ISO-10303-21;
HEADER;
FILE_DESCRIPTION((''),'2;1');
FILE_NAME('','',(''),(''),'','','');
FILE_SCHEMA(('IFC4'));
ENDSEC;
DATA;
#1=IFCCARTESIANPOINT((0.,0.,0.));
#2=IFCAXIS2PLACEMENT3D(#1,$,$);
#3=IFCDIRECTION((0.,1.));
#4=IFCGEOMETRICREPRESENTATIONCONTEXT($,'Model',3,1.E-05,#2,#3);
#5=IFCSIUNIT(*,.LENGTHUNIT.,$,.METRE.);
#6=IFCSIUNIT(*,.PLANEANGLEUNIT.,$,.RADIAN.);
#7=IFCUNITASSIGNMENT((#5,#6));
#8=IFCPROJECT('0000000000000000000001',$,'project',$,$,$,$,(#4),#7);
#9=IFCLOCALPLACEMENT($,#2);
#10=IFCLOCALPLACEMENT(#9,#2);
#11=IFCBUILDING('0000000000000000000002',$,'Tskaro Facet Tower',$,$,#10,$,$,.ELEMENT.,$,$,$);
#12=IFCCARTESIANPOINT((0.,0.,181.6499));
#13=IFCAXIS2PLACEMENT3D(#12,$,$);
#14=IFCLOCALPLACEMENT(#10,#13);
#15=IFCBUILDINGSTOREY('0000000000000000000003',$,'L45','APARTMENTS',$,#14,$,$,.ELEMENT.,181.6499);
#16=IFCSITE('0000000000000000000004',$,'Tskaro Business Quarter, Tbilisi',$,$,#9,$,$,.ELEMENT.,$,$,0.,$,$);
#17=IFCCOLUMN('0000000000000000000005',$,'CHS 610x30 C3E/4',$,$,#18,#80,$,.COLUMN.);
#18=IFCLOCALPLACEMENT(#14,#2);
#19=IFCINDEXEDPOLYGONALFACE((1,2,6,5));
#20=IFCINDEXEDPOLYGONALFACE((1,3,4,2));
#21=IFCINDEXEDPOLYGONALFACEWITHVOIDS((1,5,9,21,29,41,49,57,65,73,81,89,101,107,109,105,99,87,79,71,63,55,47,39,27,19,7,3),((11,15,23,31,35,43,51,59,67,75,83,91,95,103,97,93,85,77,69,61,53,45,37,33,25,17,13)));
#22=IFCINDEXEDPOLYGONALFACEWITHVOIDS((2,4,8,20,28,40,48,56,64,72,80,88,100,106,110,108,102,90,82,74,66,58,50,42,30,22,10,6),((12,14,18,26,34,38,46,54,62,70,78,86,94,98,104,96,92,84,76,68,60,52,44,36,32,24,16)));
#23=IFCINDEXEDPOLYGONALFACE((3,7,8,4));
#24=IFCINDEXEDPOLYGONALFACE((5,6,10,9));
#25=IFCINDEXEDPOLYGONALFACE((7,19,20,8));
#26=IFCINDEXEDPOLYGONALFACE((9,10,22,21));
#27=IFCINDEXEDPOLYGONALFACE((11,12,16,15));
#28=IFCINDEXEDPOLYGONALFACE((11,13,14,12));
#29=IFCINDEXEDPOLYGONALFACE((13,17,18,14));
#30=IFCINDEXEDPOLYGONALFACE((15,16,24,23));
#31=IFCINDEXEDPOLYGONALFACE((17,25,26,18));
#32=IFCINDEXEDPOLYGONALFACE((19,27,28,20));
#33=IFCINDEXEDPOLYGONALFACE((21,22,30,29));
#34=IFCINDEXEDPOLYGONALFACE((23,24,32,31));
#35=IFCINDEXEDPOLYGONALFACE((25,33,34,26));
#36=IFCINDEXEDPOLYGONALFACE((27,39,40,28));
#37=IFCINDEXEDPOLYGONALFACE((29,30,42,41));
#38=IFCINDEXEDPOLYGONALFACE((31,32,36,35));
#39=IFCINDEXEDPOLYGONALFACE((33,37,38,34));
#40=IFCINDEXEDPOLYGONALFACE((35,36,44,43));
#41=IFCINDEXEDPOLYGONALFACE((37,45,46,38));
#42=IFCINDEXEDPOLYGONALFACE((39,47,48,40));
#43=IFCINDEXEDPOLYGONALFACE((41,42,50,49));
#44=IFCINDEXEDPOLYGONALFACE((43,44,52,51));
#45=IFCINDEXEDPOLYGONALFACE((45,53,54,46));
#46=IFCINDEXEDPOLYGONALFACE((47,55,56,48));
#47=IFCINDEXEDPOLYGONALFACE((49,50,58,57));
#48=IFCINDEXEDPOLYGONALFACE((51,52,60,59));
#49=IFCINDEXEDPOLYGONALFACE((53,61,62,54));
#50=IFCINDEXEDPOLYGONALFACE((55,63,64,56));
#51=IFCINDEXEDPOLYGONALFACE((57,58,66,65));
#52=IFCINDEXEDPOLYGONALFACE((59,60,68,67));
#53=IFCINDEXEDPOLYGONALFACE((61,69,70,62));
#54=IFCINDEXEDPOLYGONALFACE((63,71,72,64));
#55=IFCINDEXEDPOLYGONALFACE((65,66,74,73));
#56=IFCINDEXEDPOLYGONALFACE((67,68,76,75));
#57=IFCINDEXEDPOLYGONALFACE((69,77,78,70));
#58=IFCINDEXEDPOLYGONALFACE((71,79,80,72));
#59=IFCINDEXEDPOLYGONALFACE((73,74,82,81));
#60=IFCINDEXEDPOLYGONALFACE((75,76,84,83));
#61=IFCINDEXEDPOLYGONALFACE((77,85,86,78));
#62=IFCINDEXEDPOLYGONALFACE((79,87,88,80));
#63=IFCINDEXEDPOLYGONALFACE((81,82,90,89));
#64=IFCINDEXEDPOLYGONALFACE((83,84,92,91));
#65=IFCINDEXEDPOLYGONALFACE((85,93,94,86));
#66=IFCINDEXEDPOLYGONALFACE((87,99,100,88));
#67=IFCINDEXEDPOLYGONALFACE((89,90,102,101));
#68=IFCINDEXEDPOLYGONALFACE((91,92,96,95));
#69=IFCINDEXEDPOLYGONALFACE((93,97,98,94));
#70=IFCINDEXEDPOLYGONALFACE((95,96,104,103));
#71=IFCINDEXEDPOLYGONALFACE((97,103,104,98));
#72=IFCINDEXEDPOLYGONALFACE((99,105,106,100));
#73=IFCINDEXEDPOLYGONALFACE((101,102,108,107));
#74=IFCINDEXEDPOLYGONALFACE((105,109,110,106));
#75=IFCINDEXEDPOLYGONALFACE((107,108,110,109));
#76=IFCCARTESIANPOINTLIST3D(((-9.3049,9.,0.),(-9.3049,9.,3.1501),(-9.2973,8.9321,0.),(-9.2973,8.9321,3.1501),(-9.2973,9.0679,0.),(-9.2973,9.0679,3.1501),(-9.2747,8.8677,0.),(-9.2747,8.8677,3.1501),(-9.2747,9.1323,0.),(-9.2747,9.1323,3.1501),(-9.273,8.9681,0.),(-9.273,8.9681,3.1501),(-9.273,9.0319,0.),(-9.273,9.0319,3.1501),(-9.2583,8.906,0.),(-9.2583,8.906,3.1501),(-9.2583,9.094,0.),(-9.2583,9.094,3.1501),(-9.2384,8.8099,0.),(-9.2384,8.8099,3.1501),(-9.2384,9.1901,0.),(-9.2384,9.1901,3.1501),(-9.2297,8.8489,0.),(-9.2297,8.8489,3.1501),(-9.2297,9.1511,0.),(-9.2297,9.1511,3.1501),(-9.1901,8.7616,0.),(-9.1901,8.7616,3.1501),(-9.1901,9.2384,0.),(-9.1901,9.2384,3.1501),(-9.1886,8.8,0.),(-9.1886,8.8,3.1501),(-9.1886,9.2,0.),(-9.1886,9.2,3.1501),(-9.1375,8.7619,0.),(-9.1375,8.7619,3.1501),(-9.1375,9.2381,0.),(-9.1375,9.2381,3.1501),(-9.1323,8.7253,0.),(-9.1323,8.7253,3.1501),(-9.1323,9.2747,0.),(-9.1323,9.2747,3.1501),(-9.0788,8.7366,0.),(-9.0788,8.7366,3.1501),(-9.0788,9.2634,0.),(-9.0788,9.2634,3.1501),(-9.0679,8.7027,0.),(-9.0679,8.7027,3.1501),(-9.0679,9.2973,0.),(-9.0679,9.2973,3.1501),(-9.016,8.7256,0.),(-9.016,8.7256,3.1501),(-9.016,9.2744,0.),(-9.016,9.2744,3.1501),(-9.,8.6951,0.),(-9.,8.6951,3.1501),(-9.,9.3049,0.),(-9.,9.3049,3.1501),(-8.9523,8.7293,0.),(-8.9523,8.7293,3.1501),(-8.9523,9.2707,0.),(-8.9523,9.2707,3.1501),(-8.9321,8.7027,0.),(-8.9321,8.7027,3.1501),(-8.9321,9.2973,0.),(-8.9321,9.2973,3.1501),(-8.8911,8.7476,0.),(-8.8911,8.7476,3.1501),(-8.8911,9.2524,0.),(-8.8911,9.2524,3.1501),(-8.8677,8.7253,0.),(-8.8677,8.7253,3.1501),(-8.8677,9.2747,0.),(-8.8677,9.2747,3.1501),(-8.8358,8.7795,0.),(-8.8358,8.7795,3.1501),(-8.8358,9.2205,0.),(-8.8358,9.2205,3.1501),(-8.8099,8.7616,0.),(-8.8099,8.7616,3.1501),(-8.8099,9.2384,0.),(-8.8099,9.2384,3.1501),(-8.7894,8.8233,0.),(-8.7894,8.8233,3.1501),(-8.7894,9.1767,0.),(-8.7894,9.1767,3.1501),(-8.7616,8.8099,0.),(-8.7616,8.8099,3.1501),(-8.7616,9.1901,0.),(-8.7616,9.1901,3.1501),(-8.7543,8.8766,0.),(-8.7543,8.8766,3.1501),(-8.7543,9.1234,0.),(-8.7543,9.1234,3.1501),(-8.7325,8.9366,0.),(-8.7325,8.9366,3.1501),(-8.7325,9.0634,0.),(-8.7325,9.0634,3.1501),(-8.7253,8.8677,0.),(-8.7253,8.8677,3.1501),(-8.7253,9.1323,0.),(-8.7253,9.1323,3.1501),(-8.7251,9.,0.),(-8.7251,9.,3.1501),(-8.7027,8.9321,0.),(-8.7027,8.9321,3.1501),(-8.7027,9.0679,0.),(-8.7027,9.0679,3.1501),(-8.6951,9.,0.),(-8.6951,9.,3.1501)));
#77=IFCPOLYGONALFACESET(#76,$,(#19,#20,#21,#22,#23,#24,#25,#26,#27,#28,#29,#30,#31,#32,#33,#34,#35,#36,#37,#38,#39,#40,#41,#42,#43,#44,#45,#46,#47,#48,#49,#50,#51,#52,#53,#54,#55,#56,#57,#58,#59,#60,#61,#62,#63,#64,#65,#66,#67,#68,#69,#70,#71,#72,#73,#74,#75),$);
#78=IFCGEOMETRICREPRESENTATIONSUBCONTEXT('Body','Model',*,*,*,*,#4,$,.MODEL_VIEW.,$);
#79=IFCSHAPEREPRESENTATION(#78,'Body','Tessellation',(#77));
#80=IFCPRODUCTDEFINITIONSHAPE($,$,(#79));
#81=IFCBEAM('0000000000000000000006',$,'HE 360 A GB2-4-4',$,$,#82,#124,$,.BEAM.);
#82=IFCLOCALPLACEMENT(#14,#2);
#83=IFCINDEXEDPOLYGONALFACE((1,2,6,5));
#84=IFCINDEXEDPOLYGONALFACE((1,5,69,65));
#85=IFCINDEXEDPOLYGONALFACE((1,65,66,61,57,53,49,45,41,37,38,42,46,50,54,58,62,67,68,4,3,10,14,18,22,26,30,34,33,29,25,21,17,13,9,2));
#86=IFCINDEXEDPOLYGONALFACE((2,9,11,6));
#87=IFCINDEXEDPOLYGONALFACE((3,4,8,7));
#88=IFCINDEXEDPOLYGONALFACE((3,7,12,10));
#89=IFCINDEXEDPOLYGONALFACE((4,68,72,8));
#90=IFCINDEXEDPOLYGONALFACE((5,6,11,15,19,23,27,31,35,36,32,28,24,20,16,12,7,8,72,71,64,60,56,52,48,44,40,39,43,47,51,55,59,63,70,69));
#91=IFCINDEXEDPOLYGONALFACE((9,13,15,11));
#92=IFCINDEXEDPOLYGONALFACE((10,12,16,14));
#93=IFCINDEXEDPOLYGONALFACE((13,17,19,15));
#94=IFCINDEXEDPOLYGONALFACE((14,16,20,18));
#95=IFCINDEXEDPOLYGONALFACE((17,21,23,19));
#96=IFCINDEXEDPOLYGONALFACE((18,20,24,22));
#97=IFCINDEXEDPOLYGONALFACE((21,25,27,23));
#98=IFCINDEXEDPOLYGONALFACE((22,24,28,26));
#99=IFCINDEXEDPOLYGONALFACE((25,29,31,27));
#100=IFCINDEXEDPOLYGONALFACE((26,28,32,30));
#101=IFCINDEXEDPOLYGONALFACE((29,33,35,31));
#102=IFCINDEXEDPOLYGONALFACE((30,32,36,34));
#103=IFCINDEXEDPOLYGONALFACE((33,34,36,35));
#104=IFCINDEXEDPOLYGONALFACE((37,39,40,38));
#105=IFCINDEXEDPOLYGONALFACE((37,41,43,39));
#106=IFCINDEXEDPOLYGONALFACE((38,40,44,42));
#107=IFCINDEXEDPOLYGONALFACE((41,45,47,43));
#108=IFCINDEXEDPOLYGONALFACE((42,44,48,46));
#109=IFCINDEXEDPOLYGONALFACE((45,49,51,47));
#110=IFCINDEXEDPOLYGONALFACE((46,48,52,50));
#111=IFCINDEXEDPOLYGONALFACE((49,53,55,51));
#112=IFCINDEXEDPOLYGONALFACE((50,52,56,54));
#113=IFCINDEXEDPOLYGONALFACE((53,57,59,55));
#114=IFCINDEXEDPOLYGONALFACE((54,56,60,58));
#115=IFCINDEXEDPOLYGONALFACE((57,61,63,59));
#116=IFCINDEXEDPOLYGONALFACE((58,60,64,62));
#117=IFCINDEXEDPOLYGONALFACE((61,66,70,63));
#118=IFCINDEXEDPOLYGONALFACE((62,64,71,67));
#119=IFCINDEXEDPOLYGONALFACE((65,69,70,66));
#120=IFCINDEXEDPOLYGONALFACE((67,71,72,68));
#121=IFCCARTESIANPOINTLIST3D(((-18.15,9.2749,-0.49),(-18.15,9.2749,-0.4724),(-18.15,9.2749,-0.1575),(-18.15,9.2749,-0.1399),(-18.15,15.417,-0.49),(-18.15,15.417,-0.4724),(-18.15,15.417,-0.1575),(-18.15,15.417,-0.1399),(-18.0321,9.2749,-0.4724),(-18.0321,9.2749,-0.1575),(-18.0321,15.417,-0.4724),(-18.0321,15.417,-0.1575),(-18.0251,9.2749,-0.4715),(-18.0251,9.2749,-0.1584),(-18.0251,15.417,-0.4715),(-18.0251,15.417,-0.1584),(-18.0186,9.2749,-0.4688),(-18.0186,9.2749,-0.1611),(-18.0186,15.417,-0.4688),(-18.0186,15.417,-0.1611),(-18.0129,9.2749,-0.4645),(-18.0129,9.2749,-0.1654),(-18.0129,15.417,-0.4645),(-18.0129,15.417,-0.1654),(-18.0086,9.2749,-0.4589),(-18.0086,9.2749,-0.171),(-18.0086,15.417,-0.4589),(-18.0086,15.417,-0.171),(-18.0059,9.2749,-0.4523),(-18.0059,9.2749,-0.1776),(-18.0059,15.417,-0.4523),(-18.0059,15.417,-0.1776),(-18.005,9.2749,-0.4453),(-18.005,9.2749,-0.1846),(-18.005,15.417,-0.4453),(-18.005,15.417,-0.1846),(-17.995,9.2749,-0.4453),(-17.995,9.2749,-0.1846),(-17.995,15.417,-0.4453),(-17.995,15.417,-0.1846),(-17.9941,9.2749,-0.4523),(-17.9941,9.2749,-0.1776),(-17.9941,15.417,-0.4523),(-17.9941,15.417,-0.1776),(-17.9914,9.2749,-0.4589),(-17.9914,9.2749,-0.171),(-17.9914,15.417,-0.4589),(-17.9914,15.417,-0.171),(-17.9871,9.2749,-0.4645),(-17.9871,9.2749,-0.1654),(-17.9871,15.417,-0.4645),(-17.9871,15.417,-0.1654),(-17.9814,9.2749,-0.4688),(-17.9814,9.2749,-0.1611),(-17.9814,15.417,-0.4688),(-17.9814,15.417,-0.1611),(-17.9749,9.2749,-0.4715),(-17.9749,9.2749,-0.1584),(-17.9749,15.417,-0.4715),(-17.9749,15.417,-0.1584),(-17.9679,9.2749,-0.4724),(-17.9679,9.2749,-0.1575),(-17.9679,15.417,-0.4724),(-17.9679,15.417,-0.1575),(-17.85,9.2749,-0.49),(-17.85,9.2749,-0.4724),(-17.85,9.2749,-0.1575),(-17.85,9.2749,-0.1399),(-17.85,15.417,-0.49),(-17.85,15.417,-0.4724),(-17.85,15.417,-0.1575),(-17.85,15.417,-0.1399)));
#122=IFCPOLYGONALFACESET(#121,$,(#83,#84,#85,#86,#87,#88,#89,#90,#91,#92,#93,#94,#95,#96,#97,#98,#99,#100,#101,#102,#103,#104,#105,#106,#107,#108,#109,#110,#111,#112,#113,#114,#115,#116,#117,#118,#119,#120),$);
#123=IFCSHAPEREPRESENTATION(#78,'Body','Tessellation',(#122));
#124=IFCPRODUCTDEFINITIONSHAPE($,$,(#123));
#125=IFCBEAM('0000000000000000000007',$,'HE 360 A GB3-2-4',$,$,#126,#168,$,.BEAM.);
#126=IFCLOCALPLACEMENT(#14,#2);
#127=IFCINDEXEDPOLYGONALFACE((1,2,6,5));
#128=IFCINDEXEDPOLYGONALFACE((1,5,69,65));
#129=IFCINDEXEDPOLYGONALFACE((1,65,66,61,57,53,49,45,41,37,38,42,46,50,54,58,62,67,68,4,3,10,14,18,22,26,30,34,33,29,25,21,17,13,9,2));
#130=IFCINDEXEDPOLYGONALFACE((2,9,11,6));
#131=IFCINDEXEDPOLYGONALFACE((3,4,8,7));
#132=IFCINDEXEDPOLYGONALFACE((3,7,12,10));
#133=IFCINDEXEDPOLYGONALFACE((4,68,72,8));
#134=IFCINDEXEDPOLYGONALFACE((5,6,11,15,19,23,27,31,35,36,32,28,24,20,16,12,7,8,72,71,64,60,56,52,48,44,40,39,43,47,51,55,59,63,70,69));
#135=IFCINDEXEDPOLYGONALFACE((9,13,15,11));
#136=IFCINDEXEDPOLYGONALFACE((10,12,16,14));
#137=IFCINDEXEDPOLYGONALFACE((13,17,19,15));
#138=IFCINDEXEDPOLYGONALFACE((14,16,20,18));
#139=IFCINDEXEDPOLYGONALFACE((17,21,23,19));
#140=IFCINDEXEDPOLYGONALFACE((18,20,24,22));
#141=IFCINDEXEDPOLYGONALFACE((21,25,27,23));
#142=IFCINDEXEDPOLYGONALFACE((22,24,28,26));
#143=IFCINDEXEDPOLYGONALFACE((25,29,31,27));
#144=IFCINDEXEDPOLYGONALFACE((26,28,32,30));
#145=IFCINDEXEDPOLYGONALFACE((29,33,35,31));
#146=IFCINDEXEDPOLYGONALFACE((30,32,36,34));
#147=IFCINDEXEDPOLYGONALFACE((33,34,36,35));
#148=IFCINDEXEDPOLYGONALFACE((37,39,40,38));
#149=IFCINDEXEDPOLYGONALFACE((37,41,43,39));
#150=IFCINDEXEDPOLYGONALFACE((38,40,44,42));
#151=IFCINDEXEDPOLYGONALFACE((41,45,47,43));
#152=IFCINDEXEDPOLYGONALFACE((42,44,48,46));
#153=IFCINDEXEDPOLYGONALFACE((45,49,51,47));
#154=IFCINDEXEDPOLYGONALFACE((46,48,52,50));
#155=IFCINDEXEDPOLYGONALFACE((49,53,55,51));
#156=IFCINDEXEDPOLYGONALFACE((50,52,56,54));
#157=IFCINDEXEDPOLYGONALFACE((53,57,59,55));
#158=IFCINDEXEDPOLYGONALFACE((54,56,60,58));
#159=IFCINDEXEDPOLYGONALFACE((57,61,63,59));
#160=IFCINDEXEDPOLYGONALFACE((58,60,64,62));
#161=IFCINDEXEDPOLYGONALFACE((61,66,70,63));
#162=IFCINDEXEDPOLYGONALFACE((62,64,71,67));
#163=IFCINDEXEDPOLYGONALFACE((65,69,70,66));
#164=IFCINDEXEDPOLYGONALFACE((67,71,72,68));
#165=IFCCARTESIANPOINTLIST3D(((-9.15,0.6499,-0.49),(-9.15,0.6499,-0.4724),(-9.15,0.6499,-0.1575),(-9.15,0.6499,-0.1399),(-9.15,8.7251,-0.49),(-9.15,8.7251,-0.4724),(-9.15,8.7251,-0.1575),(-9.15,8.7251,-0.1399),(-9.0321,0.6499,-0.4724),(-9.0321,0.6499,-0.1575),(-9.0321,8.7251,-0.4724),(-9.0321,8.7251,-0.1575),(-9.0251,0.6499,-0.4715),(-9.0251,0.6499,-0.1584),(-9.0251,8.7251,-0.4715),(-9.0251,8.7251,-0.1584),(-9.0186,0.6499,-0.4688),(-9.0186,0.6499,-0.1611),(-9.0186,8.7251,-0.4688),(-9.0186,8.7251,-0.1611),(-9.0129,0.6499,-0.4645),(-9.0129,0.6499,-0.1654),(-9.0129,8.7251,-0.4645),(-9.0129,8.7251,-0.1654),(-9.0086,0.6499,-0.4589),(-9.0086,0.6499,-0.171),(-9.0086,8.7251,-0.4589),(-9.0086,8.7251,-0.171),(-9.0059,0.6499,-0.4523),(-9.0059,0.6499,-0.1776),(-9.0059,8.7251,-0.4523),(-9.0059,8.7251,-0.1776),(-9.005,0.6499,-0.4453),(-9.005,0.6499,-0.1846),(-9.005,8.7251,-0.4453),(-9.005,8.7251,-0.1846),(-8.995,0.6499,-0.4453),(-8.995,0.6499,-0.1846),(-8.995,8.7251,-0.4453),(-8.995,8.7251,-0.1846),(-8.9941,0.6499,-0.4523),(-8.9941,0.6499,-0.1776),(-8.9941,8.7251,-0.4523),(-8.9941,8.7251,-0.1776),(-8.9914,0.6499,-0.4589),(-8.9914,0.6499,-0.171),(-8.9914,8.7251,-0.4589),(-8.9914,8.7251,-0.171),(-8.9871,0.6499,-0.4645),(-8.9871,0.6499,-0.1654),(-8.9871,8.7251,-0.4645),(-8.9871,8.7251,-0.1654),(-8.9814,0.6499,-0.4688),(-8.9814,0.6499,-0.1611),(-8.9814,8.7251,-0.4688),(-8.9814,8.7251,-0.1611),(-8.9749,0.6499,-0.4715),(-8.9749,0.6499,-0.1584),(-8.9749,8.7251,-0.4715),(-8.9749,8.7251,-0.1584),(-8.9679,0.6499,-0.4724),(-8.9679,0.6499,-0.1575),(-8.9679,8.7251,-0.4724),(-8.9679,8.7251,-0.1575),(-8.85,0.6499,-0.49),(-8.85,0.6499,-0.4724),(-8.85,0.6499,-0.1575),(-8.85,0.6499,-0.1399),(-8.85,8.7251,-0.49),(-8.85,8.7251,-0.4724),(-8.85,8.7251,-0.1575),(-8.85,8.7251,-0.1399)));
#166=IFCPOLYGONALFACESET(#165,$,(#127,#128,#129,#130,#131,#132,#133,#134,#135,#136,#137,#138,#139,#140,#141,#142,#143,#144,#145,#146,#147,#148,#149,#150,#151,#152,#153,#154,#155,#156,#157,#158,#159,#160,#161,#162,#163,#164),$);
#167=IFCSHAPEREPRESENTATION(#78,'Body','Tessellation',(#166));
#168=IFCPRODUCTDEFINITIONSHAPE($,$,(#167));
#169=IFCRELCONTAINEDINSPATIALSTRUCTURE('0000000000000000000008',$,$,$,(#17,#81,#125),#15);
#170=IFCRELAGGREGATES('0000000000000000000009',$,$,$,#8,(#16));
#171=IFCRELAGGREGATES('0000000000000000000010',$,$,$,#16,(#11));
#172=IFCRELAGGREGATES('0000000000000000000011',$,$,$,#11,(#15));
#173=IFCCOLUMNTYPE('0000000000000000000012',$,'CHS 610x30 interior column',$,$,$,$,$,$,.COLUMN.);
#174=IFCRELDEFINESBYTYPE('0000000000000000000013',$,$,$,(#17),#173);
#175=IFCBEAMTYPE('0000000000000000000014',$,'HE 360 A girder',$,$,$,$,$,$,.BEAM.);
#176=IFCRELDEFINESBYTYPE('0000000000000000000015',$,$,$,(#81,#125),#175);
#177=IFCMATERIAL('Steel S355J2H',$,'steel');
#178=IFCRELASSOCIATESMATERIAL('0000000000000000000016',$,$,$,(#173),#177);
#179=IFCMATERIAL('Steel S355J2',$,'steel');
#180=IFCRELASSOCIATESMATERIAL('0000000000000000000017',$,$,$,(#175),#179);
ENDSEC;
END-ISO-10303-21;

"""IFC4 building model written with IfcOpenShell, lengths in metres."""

from ifc_helpers import new_model, si_unit, direction, frame, origin, origin_2d, place, context, subcontext, project, spatial, hollow_circle, i_section, extrude, material, material_profile, profile_set, type_object, element, save


model = new_model("IFC4")

# Units and contexts
model_context = context("Model", 3, precision=1e-05, world=origin(), true_north=direction((0.0, 1.0)))
body_context = subcontext(model_context, "Body", "Model", "MODEL_VIEW")
ifc_project = project(units=[si_unit("LENGTHUNIT", "METRE"), si_unit("PLANEANGLEUNIT", "RADIAN")], contexts=[model_context])

# Site, building, storey
site_placement = place(None, origin())
site = spatial("IfcSite", under=ifc_project, at=site_placement, Name="Tskaro Business Quarter, Tbilisi", CompositionType="ELEMENT", RefElevation=0.0)
building_placement = place(site_placement, origin())
building = spatial("IfcBuilding", under=site, at=building_placement, Name="Tskaro Facet Tower", CompositionType="ELEMENT")
storey_placement = place(building_placement, frame((0.0, 0.0, 181.6499)))
storey = spatial("IfcBuildingStorey", under=building, at=storey_placement, Name="L45", Description="APARTMENTS", CompositionType="ELEMENT", Elevation=181.6499)

# Column
ifc_material_1 = material(Name="Steel S355J2H", Category="steel")
ifc_material_profile_1 = material_profile(ifc_material_1, hollow_circle(Radius=0.3049, WallThickness=0.03, at=origin_2d()), Name="CHS 610x30")
ifc_profile_set_1 = profile_set([ifc_material_profile_1], Name="Steel S355J2H")
column_type = type_object("IfcColumnType", Name="CHS 610x30 interior column", PredefinedType="COLUMN", material=ifc_profile_set_1)
column_placement = place(storey_placement, frame((-9.0, 9.0, 0.0), z_axis=(0.0, 0.0, 1.0), x_axis=(1.0, 0.0, 0.0)))
element("IfcColumn", 1, at=column_placement, inside=storey, type_object=column_type, Name="CHS 610x30 C3E/4", PredefinedType="COLUMN", context=body_context, shape_type="SweptSolid", body=[
    extrude(hollow_circle(Radius=0.3049, WallThickness=0.03, at=origin_2d()), origin(), (0.0, 0.0, 1.0), 3.1501),
])

# Beams
ifc_material_2 = material(Name="Steel S355J2", Category="steel")
ifc_material_profile_2 = material_profile(ifc_material_2, i_section(OverallWidth=0.3, OverallDepth=0.3501, WebThickness=0.01, FlangeThickness=0.0176, FilletRadius=0.0271, at=origin_2d()), Name="HE 360 A")
ifc_profile_set_2 = profile_set([ifc_material_profile_2], Name="Steel S355J2")
beam_type_1 = type_object("IfcBeamType", Name="HE 360 A girder", PredefinedType="BEAM", material=ifc_profile_set_2)
beam_1_placement = place(storey_placement, frame((-18.0, 9.2749, -0.3149), z_axis=(0.0, 1.0, 0.0), x_axis=(-1.0, 0.0, 0.0)))
element("IfcBeam", 2, at=beam_1_placement, inside=storey, type_object=beam_type_1, Name="HE 360 A GB2-4-4", PredefinedType="BEAM", context=body_context, shape_type="SweptSolid", body=[
    extrude(i_section(OverallWidth=0.3, OverallDepth=0.3501, WebThickness=0.01, FlangeThickness=0.0176, FilletRadius=0.0271, at=origin_2d()), origin(), (0.0, 0.0, 1.0), 6.1421),
])
beam_2_placement = place(storey_placement, frame((-9.0, 0.6499, -0.3149), z_axis=(0.0, 1.0, 0.0), x_axis=(-1.0, 0.0, 0.0)))
element("IfcBeam", 3, at=beam_2_placement, inside=storey, type_object=beam_type_1, Name="HE 360 A GB3-2-4", PredefinedType="BEAM", context=body_context, shape_type="SweptSolid", body=[
    extrude(i_section(OverallWidth=0.3, OverallDepth=0.3501, WebThickness=0.01, FlangeThickness=0.0176, FilletRadius=0.0271, at=origin_2d()), origin(), (0.0, 0.0, 1.0), 8.0752),
])

save(model, "model.ifc")
